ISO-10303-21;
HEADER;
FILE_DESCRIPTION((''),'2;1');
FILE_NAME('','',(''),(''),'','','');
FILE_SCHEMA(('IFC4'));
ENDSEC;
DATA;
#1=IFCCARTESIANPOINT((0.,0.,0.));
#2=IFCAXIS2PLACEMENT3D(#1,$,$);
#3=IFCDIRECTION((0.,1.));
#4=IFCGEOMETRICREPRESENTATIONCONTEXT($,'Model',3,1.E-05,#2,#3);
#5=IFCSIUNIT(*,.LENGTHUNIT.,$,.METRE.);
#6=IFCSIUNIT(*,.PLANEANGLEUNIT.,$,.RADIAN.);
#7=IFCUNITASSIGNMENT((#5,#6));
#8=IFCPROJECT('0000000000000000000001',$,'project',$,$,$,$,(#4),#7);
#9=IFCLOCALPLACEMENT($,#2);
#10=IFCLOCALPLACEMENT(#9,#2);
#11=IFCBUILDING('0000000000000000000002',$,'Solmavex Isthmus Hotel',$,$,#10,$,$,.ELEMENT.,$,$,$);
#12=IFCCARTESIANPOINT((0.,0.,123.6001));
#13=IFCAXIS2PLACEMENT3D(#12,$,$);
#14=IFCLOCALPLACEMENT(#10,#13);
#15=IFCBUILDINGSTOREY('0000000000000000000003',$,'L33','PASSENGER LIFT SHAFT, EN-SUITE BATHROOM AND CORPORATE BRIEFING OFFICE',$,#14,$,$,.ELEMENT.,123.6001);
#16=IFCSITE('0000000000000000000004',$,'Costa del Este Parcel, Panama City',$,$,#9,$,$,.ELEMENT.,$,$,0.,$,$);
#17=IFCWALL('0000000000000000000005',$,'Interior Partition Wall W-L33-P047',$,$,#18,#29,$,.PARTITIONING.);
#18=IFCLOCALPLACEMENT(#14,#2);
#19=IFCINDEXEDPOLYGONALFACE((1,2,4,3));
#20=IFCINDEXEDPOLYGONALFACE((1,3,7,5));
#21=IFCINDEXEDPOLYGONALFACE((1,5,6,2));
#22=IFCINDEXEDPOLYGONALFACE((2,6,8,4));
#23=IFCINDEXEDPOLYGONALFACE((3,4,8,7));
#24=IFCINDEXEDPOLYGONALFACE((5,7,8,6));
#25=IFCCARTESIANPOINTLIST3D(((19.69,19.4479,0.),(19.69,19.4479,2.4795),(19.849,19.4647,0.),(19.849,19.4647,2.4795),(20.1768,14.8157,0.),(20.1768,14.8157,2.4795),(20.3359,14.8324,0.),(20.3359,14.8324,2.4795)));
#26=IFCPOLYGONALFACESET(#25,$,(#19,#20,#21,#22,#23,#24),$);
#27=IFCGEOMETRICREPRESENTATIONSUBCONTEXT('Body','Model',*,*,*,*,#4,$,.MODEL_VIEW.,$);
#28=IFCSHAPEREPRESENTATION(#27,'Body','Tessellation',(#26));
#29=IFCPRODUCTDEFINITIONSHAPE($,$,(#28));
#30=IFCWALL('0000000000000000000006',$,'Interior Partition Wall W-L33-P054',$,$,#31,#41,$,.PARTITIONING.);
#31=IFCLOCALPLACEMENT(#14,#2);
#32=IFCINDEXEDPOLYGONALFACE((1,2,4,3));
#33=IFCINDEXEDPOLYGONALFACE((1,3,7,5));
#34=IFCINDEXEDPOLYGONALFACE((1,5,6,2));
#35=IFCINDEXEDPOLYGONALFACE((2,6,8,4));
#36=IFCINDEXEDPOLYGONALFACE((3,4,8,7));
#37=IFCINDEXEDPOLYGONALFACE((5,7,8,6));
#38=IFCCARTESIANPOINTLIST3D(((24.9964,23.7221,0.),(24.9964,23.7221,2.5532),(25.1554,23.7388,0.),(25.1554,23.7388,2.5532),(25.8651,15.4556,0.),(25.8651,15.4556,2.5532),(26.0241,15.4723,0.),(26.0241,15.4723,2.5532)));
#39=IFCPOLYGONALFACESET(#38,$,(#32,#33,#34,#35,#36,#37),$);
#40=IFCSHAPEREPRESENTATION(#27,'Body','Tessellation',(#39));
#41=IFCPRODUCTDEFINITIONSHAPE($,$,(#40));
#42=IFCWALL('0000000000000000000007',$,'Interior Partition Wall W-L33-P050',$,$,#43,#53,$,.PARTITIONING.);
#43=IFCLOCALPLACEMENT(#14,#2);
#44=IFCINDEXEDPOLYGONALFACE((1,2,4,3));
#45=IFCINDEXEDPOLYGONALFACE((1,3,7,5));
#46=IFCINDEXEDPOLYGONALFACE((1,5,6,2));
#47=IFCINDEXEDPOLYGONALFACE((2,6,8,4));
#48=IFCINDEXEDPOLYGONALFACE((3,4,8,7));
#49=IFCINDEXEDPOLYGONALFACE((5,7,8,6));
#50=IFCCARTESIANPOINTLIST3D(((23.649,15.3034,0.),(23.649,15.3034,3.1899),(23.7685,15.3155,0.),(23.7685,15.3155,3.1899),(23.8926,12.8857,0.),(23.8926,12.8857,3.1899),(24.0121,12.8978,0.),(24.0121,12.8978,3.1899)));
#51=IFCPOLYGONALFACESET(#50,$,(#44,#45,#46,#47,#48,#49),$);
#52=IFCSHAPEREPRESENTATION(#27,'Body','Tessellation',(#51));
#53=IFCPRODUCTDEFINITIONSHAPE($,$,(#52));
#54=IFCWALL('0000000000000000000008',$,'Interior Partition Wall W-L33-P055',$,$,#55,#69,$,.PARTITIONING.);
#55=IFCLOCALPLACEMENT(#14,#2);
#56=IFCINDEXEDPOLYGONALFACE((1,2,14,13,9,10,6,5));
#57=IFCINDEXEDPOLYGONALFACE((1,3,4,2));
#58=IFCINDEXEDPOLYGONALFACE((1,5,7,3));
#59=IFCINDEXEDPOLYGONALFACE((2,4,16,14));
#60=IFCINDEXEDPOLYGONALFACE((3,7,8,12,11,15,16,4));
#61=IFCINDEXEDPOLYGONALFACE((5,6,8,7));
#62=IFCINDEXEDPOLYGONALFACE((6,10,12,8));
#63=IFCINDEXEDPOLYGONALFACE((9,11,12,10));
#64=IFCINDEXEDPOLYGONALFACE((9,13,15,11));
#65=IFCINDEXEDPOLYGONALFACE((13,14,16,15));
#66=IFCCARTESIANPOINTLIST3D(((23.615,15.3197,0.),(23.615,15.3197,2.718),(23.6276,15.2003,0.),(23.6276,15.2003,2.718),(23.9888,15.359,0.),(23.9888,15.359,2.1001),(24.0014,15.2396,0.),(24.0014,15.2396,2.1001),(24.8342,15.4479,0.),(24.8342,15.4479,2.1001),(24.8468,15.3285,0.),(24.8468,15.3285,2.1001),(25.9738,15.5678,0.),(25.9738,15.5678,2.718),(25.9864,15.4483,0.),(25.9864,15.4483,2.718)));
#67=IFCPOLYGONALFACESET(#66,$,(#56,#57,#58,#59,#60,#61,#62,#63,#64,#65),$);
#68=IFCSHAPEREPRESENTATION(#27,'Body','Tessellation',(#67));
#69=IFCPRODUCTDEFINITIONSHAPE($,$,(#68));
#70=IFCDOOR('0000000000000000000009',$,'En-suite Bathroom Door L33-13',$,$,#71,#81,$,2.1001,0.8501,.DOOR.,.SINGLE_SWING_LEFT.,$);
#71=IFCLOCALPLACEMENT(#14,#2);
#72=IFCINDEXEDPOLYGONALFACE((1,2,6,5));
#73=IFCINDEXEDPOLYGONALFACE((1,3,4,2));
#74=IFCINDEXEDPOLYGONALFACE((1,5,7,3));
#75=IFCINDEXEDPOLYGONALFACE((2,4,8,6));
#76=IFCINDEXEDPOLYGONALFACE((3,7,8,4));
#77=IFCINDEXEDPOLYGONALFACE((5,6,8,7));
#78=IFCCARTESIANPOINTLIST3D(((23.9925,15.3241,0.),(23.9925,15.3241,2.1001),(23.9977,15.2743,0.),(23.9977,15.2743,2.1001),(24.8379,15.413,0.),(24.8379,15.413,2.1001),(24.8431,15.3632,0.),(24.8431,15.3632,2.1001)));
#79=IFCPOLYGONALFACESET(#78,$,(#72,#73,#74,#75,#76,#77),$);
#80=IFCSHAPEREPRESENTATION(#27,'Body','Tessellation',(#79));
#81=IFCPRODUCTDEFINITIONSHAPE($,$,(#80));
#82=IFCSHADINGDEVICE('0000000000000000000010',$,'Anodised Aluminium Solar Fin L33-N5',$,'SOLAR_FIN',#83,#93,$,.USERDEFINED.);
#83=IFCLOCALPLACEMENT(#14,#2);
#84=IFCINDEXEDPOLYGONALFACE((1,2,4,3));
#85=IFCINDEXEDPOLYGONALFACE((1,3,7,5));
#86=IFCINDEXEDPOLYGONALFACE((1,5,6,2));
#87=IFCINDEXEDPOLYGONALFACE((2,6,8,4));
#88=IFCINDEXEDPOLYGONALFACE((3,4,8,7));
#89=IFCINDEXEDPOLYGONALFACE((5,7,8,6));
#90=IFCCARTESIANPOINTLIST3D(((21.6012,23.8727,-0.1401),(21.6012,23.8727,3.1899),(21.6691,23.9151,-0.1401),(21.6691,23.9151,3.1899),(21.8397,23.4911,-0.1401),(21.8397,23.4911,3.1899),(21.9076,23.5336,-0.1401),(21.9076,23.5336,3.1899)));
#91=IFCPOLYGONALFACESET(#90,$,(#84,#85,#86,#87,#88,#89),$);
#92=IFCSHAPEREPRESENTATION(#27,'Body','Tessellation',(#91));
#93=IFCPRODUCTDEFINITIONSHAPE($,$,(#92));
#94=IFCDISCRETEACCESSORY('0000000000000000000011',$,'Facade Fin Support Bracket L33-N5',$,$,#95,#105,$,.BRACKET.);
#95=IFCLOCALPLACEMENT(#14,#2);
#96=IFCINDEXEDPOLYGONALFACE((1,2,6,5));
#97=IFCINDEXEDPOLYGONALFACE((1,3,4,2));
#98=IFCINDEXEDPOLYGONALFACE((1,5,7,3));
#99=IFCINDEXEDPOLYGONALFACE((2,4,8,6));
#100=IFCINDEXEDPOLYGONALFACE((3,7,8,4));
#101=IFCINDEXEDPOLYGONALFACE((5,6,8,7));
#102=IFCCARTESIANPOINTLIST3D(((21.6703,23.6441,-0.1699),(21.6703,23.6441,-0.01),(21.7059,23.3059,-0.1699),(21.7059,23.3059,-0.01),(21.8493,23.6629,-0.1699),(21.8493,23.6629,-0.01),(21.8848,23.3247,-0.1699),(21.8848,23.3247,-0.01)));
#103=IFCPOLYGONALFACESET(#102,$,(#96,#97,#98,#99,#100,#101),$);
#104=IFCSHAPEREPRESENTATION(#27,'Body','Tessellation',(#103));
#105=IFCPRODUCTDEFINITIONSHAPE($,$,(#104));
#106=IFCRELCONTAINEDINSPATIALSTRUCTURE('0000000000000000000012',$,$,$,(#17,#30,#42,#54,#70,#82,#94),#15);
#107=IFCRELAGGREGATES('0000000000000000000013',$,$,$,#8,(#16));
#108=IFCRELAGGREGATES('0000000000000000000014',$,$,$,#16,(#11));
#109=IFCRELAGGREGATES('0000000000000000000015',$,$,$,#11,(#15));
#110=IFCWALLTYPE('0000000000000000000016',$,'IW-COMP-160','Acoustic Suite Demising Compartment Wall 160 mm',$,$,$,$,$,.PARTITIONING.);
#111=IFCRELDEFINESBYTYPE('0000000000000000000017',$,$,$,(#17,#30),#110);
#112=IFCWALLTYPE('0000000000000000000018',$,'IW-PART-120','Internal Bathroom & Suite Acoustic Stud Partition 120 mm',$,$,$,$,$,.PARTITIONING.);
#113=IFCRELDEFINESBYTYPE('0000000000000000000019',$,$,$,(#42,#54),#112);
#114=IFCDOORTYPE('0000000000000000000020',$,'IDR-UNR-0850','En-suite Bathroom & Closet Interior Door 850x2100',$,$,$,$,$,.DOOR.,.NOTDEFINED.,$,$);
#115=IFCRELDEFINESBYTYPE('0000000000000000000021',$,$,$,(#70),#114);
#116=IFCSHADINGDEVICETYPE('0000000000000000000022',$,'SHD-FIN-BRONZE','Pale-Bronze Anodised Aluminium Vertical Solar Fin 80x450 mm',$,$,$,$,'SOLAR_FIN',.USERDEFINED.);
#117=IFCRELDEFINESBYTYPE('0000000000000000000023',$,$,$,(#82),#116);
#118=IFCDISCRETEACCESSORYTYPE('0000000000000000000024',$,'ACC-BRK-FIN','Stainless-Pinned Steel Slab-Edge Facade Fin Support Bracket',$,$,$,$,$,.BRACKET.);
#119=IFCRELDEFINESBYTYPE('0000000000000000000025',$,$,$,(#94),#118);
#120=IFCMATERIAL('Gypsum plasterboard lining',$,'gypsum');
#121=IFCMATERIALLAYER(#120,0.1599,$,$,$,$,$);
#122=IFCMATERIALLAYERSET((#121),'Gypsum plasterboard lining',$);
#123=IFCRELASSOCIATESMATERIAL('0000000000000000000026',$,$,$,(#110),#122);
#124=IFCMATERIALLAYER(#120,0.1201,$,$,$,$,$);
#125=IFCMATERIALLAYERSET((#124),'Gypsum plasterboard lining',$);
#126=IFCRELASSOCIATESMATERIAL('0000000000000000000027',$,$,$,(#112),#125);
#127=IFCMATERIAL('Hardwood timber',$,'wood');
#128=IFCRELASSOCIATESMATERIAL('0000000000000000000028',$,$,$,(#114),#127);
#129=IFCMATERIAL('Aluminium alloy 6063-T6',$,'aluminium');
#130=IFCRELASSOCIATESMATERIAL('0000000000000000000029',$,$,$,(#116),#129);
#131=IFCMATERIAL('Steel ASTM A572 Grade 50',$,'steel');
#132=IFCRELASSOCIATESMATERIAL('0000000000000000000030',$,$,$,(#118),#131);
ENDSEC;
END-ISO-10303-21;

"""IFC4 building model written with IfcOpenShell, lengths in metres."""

from ifc_helpers import new_model, si_unit, direction, frame, frame_2d, origin, origin_2d, place, context, subcontext, project, spatial, rectangle, extrude, material, layer, layer_set, type_object, element, fill, save


model = new_model("IFC4")

# Units and contexts
model_context = context("Model", 3, precision=1e-05, world=origin(), true_north=direction((0.0, 1.0)))
body_context = subcontext(model_context, "Body", "Model", "MODEL_VIEW")
ifc_project = project(units=[si_unit("LENGTHUNIT", "METRE"), si_unit("PLANEANGLEUNIT", "RADIAN")], contexts=[model_context])

# Site, building, storey
site_placement = place(None, origin())
site = spatial("IfcSite", under=ifc_project, at=site_placement, Name="Costa del Este Parcel, Panama City", CompositionType="ELEMENT", RefElevation=0.0)
building_placement = place(site_placement, origin())
building = spatial("IfcBuilding", under=site, at=building_placement, Name="Solmavex Isthmus Hotel", CompositionType="ELEMENT")
storey_placement = place(building_placement, frame((0.0, 0.0, 123.6001)))
storey = spatial("IfcBuildingStorey", under=building, at=storey_placement, Name="L33", Description="PASSENGER LIFT SHAFT, EN-SUITE BATHROOM AND CORPORATE BRIEFING OFFICE", CompositionType="ELEMENT", Elevation=123.6001)

# Shared definitions
ifc_material_1 = material(Name="Aluminium alloy 6063-T6", Category="aluminium")

# Wall
ifc_material_2 = material(Name="Gypsum plasterboard lining", Category="gypsum")
ifc_layer_1 = layer(ifc_material_2, 0.1599)
ifc_layer_set_1 = layer_set([ifc_layer_1], Name="Gypsum plasterboard lining")
wall_type_1 = type_object("IfcWallType", Name="IW-COMP-160", Description="Acoustic Suite Demising Compartment Wall 160 mm", PredefinedType="PARTITIONING", material=ifc_layer_set_1)
wall_1_placement = place(storey_placement, frame((19.7695, 19.4563, 0.0), z_axis=(0.0, 0.0, 1.0), x_axis=(0.104516, -0.994523, 0.0)))
element("IfcWall", 1, at=wall_1_placement, inside=storey, type_object=wall_type_1, Name="Interior Partition Wall W-L33-P047", PredefinedType="PARTITIONING", context=body_context, shape_type="SweptSolid", body=[
    extrude(rectangle(XDim=4.6577, YDim=0.1599, at=frame_2d((2.3289, 0.0))), origin(), (0.0, 0.0, 1.0), 2.4795),
])

# Shared definitions
ifc_material_3 = material(Name="Hardwood timber", Category="wood")

# Walls
wall_2_placement = place(storey_placement, frame((25.0759, 23.7305, 0.0), z_axis=(0.0, 0.0, 1.0), x_axis=(0.104504, -0.994524, 0.0)))
element("IfcWall", 2, at=wall_2_placement, inside=storey, type_object=wall_type_1, Name="Interior Partition Wall W-L33-P054", PredefinedType="PARTITIONING", context=body_context, shape_type="SweptSolid", body=[
    extrude(rectangle(XDim=8.312, YDim=0.1599, at=frame_2d((4.156, 0.0))), origin(), (0.0, 0.0, 1.0), 2.5532),
])
ifc_layer_2 = layer(ifc_material_2, 0.1201)
ifc_layer_set_2 = layer_set([ifc_layer_2], Name="Gypsum plasterboard lining")
wall_type_2 = type_object("IfcWallType", Name="IW-PART-120", Description="Internal Bathroom & Suite Acoustic Stud Partition 120 mm", PredefinedType="PARTITIONING", material=ifc_layer_set_2)
wall_3_placement = place(storey_placement, frame((23.7087, 15.3093, 0.0), z_axis=(0.0, 0.0, 1.0), x_axis=(0.10027, -0.99496, 0.0)))
element("IfcWall", 3, at=wall_3_placement, inside=storey, type_object=wall_type_2, Name="Interior Partition Wall W-L33-P050", PredefinedType="PARTITIONING", context=body_context, shape_type="SweptSolid", body=[
    extrude(rectangle(XDim=2.4299, YDim=0.1201, at=frame_2d((1.2148, 0.0))), origin(), (0.0, 0.0, 1.0), 3.1899),
])

# Wall, opening, door
wall_4_placement = place(storey_placement, frame((25.9802, 15.5081, 0.0), z_axis=(0.0, 0.0, 1.0), x_axis=(-0.994517, -0.104578, 0.0)))
wall_4 = element("IfcWall", 4, at=wall_4_placement, inside=storey, type_object=wall_type_2, Name="Interior Partition Wall W-L33-P055", PredefinedType="PARTITIONING", context=body_context, shape_type="SweptSolid", body=[
    extrude(rectangle(XDim=2.3718, YDim=0.1201, at=frame_2d((1.186, 0.0))), origin(), (0.0, 0.0, 1.0), 2.718),
])
opening_1_placement = place(wall_4_placement, frame((1.146, 0.0, 0.0)))
opening_1 = element("IfcOpeningElement", 5, at=opening_1_placement, cuts=wall_4, PredefinedType="OPENING", context=body_context, shape_type="SweptSolid", body=[
    extrude(rectangle(XDim=0.8501, YDim=2.1001, at=frame_2d((0.425, 1.05))), frame((0.0, 0.0701, 0.0), z_axis=(0.0, -1.0, 0.0), x_axis=(1.0, 0.0, 0.0)), (0.0, 0.0, 1.0), 0.1401),
])
door_type_1 = type_object("IfcDoorType", Name="IDR-UNR-0850", Description="En-suite Bathroom & Closet Interior Door 850x2100", OperationType="NOTDEFINED", PredefinedType="DOOR", material=ifc_material_3)
door_1_placement = place(opening_1_placement, frame((0.8501, 0.0, 0.0), z_axis=(0.0, 0.0, 1.0), x_axis=(-1.0, 0.0, 0.0)))
door_1 = element("IfcDoor", 6, at=door_1_placement, inside=storey, type_object=door_type_1, Name="En-suite Bathroom Door L33-13", OperationType="SINGLE_SWING_LEFT", OverallHeight=2.1001, OverallWidth=0.8501, PredefinedType="DOOR", context=body_context, shape_type="SweptSolid", body=[
    extrude(rectangle(XDim=0.8501, YDim=2.1001, at=frame_2d((0.425, 1.05))), frame((0.0, 0.0249, 0.0), z_axis=(0.0, -1.0, 0.0), x_axis=(1.0, 0.0, 0.0)), (0.0, 0.0, 1.0), 0.05),
])
fill(opening_1, door_1)

# Shading device
shading_device_type = type_object("IfcShadingDeviceType", Name="SHD-FIN-BRONZE", Description="Pale-Bronze Anodised Aluminium Vertical Solar Fin 80x450 mm", ElementType="SOLAR_FIN", PredefinedType="USERDEFINED", material=ifc_material_1)
shading_device_placement = place(storey_placement, frame((21.7544, 23.7031, -0.1401), z_axis=(0.0, 0.0, 1.0), x_axis=(-0.529919, 0.848048, 0.0)))
element("IfcShadingDevice", 7, at=shading_device_placement, inside=storey, type_object=shading_device_type, Name="Anodised Aluminium Solar Fin L33-N5", ObjectType="SOLAR_FIN", PredefinedType="USERDEFINED", context=body_context, shape_type="SweptSolid", body=[
    extrude(rectangle(XDim=0.45, YDim=0.0801, at=origin_2d()), origin(), (0.0, 0.0, 1.0), 3.3301),
])

# Discrete accessory
ifc_material_4 = material(Name="Steel ASTM A572 Grade 50", Category="steel")
discrete_accessory_type = type_object("IfcDiscreteAccessoryType", Name="ACC-BRK-FIN", Description="Stainless-Pinned Steel Slab-Edge Facade Fin Support Bracket", PredefinedType="BRACKET", material=ifc_material_4)
discrete_accessory_placement = place(storey_placement, frame((21.7776, 23.4844, -0.1699), z_axis=(0.0, 0.0, 1.0), x_axis=(-0.104528, 0.994522, 0.0)))
element("IfcDiscreteAccessory", 8, at=discrete_accessory_placement, inside=storey, type_object=discrete_accessory_type, Name="Facade Fin Support Bracket L33-N5", PredefinedType="BRACKET", context=body_context, shape_type="SweptSolid", body=[
    extrude(rectangle(XDim=0.3401, YDim=0.1799, at=origin_2d()), origin(), (0.0, 0.0, 1.0), 0.1599),
])

save(model, "model.ifc")
